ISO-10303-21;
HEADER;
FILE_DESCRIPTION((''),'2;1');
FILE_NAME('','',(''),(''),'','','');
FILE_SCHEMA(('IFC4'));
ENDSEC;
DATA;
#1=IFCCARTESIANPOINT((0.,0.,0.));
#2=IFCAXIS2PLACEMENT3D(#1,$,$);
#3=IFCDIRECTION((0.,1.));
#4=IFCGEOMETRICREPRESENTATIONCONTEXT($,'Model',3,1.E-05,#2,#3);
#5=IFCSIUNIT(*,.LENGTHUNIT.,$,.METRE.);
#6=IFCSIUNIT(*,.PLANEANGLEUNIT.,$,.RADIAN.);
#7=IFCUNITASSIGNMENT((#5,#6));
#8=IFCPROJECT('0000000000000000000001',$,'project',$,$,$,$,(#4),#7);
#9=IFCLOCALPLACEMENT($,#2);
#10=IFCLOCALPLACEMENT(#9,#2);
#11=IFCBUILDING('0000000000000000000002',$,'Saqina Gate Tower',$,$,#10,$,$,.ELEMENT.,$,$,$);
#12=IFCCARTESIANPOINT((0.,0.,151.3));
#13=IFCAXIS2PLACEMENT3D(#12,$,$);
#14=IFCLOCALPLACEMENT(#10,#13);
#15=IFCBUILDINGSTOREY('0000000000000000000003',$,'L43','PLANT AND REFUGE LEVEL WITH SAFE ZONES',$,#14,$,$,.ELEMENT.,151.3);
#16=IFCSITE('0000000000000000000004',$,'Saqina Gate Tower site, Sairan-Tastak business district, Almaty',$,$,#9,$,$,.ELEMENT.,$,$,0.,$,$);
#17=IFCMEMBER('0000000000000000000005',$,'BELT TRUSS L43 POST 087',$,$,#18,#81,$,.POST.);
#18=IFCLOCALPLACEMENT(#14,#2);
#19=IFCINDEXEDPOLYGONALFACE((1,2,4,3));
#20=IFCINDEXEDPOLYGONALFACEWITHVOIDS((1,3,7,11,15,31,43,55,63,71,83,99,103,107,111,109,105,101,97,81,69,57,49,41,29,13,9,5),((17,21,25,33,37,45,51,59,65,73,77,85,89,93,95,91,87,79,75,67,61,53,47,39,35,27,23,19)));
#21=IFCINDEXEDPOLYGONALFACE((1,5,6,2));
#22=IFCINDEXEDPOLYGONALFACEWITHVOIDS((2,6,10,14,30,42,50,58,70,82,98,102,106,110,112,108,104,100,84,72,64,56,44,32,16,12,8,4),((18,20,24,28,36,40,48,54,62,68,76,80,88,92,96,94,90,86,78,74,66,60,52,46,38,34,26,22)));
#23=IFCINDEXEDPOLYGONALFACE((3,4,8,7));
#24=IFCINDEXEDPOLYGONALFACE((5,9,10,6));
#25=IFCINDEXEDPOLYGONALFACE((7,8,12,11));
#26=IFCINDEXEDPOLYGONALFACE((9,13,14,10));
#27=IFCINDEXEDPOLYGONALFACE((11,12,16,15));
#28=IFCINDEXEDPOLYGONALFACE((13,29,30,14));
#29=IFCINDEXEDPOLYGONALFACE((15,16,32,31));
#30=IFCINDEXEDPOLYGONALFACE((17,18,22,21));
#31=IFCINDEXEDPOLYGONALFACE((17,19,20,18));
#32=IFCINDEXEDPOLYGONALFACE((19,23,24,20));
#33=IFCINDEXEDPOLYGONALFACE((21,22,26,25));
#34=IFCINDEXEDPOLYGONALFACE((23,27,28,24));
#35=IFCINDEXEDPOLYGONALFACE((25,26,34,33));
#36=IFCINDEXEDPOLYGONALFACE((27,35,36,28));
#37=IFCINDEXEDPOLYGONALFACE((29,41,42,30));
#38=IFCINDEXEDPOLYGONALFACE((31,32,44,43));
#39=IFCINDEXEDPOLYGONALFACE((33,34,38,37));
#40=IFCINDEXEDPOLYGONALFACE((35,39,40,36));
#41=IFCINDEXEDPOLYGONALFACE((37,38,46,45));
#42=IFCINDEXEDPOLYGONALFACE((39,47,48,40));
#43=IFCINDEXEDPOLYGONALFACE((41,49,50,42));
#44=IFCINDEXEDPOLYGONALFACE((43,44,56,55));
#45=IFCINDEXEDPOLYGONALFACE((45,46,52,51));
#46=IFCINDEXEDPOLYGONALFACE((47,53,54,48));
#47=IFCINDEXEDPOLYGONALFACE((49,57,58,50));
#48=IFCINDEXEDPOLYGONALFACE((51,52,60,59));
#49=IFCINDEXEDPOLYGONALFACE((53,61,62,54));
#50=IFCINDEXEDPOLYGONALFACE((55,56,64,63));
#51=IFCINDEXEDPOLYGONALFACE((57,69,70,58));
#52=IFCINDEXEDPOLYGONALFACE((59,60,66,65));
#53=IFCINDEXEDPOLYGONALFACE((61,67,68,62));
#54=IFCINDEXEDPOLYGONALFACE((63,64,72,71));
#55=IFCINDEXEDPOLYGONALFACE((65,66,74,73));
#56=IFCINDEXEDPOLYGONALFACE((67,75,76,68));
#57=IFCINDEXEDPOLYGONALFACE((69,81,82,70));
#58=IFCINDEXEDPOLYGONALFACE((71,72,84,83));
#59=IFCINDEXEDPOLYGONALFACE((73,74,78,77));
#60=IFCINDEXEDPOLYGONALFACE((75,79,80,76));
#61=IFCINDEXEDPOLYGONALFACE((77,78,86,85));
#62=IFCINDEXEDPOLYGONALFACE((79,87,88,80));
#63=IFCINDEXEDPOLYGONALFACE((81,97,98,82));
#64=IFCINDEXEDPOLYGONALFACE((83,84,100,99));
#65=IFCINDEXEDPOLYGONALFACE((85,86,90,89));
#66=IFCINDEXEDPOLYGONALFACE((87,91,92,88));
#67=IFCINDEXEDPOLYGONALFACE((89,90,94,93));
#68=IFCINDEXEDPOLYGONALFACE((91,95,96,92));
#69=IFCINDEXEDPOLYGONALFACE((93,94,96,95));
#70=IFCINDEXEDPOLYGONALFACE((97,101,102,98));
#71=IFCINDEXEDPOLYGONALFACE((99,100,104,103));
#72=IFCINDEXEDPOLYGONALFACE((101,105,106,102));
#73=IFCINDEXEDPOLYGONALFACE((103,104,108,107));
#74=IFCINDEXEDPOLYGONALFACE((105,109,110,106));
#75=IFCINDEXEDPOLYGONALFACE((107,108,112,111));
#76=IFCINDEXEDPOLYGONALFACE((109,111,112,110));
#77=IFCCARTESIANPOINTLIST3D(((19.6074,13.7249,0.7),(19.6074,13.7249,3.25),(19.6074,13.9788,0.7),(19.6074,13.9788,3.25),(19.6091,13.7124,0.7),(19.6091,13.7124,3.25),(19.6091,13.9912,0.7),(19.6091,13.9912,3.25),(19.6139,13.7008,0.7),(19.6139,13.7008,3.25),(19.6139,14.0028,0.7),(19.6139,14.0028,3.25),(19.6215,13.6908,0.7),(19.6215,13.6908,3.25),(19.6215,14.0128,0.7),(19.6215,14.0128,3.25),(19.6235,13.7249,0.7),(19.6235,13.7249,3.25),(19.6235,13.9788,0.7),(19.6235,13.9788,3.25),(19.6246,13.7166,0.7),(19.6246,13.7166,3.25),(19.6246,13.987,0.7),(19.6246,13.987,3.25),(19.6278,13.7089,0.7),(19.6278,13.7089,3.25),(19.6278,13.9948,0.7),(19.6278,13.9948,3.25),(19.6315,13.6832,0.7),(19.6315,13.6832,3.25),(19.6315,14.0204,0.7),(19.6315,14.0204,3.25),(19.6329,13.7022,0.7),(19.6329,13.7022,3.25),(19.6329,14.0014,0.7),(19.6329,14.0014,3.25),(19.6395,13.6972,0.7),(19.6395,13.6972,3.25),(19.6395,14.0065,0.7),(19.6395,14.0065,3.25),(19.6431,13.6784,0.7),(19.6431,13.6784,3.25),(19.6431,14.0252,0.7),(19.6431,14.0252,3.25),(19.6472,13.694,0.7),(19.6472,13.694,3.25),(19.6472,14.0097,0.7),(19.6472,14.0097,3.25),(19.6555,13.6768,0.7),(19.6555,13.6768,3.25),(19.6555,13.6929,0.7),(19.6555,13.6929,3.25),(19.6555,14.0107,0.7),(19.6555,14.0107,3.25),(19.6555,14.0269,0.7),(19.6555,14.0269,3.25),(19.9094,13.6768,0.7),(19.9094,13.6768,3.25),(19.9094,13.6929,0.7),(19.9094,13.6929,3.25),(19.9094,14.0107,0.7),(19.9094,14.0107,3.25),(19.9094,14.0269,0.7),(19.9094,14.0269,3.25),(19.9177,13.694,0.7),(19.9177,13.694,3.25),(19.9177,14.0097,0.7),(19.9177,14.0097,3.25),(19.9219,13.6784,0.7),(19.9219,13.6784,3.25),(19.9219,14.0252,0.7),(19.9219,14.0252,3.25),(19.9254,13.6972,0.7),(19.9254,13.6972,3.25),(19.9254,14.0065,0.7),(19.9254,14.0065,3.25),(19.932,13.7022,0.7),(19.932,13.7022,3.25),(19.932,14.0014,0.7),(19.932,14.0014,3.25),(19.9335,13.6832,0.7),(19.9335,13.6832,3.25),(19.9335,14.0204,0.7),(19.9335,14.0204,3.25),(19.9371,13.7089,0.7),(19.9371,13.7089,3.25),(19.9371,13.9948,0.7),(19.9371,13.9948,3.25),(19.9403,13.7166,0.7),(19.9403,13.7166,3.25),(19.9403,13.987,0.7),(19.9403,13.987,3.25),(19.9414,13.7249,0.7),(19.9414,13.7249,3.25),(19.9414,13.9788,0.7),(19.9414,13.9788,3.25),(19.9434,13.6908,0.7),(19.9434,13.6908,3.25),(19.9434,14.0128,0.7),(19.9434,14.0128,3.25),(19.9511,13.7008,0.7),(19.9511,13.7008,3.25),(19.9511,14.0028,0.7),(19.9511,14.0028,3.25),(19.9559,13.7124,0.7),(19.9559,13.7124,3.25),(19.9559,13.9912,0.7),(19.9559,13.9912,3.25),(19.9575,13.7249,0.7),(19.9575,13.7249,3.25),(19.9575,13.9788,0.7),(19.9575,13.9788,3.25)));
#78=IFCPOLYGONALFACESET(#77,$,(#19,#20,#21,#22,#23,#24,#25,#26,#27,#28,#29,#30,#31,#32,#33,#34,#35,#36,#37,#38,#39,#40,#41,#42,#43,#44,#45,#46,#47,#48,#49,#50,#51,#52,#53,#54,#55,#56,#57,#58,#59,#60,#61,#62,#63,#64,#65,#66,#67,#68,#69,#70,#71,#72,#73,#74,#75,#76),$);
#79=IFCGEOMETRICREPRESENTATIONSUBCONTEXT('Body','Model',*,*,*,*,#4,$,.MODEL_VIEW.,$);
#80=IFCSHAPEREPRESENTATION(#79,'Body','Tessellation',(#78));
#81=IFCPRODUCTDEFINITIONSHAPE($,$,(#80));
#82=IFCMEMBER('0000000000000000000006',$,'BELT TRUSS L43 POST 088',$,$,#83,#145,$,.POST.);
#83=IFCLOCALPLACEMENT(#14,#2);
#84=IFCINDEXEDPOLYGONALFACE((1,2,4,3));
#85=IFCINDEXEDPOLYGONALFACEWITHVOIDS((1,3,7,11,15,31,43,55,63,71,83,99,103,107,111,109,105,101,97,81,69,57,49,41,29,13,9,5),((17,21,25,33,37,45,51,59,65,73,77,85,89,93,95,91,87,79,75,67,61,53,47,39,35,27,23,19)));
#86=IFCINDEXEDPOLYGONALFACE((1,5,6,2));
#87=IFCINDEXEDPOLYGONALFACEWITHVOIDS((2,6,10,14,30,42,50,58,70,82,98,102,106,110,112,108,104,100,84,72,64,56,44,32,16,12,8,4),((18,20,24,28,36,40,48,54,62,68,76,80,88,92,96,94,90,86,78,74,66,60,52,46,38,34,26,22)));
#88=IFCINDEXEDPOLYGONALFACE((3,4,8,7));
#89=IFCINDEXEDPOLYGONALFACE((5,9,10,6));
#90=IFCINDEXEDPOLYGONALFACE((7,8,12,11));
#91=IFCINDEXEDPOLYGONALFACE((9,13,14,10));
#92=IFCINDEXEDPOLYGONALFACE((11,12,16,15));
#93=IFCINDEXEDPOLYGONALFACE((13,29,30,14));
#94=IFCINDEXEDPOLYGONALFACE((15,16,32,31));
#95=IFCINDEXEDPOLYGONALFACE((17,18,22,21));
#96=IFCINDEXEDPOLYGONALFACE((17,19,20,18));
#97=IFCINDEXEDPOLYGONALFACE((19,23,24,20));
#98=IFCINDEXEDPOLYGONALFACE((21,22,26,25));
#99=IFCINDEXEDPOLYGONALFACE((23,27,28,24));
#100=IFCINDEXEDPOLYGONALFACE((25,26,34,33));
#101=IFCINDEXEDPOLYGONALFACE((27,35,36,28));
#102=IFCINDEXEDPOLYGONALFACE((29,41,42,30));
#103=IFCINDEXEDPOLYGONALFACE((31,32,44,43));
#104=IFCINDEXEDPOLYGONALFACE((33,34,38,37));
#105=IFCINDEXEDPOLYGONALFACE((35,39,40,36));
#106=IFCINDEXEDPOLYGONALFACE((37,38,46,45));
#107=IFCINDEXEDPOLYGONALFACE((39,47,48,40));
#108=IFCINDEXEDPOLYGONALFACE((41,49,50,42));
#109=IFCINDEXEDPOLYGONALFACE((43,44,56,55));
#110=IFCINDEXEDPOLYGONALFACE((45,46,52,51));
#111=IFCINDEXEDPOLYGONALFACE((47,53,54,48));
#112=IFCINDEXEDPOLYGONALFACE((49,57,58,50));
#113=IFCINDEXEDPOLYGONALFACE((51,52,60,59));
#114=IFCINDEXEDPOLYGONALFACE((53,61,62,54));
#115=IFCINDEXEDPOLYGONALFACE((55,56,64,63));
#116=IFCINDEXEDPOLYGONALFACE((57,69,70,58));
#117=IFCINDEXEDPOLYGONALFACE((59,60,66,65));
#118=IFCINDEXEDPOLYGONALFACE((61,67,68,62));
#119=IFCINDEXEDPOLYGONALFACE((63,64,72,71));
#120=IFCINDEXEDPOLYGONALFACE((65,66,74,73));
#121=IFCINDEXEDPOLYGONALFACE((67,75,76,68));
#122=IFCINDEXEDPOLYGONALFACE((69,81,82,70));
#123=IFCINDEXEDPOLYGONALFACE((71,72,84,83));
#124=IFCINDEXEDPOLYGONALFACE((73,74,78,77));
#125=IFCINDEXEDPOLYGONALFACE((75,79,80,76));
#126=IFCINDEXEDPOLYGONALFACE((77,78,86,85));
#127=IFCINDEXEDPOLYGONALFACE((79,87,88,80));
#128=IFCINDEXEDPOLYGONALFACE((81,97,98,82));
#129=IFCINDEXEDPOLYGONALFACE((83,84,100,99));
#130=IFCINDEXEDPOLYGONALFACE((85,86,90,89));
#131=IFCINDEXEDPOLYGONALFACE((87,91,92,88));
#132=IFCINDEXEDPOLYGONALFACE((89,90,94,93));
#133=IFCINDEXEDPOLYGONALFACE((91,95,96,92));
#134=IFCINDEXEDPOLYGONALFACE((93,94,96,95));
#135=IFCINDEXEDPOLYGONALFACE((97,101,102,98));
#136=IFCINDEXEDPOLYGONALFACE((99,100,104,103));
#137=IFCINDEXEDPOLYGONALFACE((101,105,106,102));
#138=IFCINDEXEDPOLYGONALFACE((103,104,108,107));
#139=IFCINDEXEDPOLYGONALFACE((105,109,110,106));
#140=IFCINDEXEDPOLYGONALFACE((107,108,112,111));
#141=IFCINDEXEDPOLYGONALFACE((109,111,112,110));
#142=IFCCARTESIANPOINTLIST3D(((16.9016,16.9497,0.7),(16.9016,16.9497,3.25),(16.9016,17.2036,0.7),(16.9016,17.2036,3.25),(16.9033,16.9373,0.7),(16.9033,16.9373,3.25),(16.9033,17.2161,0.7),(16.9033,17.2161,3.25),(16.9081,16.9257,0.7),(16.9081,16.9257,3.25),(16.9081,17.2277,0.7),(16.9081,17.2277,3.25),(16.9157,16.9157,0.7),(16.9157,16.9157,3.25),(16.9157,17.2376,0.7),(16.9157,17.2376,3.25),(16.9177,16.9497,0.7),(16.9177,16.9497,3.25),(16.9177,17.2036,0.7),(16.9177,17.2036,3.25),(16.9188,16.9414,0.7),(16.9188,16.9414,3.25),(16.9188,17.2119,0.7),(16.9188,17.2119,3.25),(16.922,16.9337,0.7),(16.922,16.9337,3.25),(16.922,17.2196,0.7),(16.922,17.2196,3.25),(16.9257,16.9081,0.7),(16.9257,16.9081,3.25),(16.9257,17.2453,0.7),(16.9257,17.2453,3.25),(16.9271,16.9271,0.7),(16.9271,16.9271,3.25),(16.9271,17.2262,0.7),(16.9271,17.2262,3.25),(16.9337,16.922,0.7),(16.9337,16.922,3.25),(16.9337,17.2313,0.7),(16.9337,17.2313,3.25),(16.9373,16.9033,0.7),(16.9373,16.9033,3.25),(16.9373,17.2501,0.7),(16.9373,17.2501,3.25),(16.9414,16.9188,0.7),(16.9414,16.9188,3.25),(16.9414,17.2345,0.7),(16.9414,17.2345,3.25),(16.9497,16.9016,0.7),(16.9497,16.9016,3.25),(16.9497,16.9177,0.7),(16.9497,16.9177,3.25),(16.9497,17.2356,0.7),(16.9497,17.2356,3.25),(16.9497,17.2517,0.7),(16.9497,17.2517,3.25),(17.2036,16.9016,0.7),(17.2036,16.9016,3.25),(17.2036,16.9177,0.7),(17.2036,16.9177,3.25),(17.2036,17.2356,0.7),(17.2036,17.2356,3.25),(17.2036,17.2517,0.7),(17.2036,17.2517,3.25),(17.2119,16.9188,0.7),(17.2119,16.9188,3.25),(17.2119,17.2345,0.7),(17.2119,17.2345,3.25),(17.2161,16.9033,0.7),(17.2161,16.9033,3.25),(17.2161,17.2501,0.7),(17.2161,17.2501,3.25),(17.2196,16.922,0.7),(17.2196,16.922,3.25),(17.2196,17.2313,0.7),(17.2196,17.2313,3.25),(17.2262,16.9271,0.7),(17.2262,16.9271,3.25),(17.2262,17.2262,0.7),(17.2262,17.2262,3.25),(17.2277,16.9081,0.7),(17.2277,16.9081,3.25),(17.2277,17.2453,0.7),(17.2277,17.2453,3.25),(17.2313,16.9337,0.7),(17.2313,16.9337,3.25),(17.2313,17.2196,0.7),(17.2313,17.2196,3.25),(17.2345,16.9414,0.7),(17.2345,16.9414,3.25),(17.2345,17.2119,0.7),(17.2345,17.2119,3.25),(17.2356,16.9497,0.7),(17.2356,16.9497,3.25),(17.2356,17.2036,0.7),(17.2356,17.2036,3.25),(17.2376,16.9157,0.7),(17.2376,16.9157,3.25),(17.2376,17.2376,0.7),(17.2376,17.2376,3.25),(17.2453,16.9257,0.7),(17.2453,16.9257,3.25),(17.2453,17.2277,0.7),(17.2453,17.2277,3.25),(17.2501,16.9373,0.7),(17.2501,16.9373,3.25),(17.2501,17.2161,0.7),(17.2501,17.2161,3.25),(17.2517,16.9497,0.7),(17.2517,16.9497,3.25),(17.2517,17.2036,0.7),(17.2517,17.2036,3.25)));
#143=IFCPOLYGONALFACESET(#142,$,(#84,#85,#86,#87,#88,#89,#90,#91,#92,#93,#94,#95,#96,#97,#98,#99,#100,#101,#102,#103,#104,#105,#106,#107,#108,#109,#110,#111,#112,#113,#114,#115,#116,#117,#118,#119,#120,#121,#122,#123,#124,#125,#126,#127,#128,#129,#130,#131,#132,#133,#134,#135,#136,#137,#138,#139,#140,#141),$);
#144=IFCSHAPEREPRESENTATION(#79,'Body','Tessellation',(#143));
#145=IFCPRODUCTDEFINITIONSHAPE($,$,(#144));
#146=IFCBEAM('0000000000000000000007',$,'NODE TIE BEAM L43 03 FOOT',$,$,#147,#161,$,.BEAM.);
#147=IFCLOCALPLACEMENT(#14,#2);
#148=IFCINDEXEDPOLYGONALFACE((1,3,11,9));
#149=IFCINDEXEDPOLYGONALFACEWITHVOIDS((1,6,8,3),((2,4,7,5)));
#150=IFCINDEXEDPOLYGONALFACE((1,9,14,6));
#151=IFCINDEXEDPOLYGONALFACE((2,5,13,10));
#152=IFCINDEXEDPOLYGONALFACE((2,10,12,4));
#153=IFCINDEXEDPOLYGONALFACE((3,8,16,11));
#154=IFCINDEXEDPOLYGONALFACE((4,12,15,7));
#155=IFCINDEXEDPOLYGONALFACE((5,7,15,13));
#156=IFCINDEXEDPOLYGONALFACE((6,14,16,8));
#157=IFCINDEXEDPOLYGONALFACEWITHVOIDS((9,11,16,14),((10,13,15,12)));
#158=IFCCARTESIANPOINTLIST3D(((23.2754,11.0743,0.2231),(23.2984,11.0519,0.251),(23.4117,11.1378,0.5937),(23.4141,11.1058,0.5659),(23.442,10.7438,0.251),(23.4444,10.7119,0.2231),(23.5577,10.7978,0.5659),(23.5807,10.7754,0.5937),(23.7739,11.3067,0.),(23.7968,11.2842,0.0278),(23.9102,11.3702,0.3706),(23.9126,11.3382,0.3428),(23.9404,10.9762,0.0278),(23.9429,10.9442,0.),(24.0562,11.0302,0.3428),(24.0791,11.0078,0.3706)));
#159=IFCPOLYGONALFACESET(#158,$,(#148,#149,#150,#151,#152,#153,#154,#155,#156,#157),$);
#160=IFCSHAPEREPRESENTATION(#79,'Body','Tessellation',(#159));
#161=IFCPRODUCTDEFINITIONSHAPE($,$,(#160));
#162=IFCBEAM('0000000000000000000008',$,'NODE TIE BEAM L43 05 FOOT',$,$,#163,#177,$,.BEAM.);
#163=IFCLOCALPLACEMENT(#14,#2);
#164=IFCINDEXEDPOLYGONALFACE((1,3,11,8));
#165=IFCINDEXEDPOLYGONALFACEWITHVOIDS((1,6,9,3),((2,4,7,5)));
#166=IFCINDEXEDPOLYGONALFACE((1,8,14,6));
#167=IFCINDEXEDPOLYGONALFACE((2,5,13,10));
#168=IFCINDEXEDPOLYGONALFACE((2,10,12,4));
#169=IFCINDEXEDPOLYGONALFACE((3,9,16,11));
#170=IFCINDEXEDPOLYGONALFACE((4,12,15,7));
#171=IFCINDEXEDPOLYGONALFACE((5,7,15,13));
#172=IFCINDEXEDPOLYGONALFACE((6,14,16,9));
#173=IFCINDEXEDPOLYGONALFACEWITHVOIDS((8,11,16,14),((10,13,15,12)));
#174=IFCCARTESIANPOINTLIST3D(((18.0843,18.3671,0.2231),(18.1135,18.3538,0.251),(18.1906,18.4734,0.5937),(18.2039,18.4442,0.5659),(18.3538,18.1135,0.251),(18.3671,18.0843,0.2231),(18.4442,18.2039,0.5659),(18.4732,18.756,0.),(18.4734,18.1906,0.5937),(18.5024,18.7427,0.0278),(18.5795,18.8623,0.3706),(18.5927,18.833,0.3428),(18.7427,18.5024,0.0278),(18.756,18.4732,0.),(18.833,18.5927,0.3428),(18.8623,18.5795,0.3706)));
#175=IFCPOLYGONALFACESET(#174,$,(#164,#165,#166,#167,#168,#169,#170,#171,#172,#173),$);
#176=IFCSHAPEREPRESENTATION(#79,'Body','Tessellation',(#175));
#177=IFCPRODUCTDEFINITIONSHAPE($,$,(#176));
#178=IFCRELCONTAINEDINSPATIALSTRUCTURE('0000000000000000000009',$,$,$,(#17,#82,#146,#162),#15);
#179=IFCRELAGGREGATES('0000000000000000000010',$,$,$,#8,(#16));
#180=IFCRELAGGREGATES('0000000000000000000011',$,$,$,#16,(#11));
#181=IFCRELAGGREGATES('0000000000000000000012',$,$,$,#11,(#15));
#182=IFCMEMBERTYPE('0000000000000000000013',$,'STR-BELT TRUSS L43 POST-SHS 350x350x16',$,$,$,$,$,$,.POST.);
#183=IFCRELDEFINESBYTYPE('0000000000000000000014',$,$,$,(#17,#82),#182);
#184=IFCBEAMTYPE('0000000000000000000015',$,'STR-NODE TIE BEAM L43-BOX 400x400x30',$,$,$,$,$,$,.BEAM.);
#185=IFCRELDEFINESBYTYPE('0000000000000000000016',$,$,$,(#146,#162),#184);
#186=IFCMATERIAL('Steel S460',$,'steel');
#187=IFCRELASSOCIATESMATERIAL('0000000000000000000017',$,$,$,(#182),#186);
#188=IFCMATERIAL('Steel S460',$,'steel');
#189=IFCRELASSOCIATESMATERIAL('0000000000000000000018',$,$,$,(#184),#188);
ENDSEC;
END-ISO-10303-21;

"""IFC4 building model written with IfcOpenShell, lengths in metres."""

from ifc_helpers import new_model, si_unit, direction, frame, origin, origin_2d, place, context, subcontext, project, spatial, hollow_rectangle, extrude, material, material_profile, profile_set, type_object, element, save


model = new_model("IFC4")

# Units and contexts
model_context = context("Model", 3, precision=1e-05, world=origin(), true_north=direction((0.0, 1.0)))
body_context = subcontext(model_context, "Body", "Model", "MODEL_VIEW")
ifc_project = project(units=[si_unit("LENGTHUNIT", "METRE"), si_unit("PLANEANGLEUNIT", "RADIAN")], contexts=[model_context])

# Site, building, storey
site_placement = place(None, origin())
site = spatial("IfcSite", under=ifc_project, at=site_placement, Name="Saqina Gate Tower site, Sairan-Tastak business district, Almaty", CompositionType="ELEMENT", RefElevation=0.0)
building_placement = place(site_placement, origin())
building = spatial("IfcBuilding", under=site, at=building_placement, Name="Saqina Gate Tower", CompositionType="ELEMENT")
storey_placement = place(building_placement, frame((0.0, 0.0, 151.3)))
storey = spatial("IfcBuildingStorey", under=building, at=storey_placement, Name="L43", Description="PLANT AND REFUGE LEVEL WITH SAFE ZONES", CompositionType="ELEMENT", Elevation=151.3)

# Members
ifc_material_1 = material(Name="Steel S460", Category="steel")
ifc_material_profile_1 = material_profile(ifc_material_1, hollow_rectangle(XDim=0.3501, YDim=0.3501, WallThickness=0.0161, InnerFilletRadius=0.032, OuterFilletRadius=0.0481, at=origin_2d()), Name="SHS 350x350x16")
ifc_profile_set_1 = profile_set([ifc_material_profile_1], Name="Steel S460")
member_type_1 = type_object("IfcMemberType", Name="STR-BELT TRUSS L43 POST-SHS 350x350x16", PredefinedType="POST", material=ifc_profile_set_1)
for number, where, z_axis, x_axis, name in (
    (1, (19.7825, 13.8518, 0.7), (0.0, 0.0, 1.0), (1.0, 0.0, 0.0), "BELT TRUSS L43 POST 087"),
    (2, (17.0767, 17.0767, 0.7), (0.0, 0.0, 1.0), (1.0, 0.0, 0.0), "BELT TRUSS L43 POST 088"),
):
    element("IfcMember", number, at=place(storey_placement, frame(where, z_axis=z_axis, x_axis=x_axis)), inside=storey, type_object=member_type_1, Name=name, PredefinedType="POST", context=body_context, shape_type="SweptSolid", body=[
        extrude(hollow_rectangle(XDim=0.3501, YDim=0.3501, WallThickness=0.0161, InnerFilletRadius=0.032, OuterFilletRadius=0.0481, at=origin_2d()), origin(), (0.0, 0.0, 1.0), 2.55),
    ])

# Beams
ifc_material_2 = material(Name="Steel S460", Category="steel")
ifc_material_profile_2 = material_profile(ifc_material_2, hollow_rectangle(XDim=0.3999, YDim=0.3999, WallThickness=0.03, at=origin_2d()), Name="BOX 400x400x30")
ifc_profile_set_2 = profile_set([ifc_material_profile_2], Name="Steel S460")
beam_type = type_object("IfcBeamType", Name="STR-NODE TIE BEAM L43-BOX 400x400x30", PredefinedType="BEAM", material=ifc_profile_set_2)
for number, where, z_axis, x_axis, name in (
    (3, (23.9265, 11.1572, 0.1853), (-0.839863, -0.391552, 0.375923), (0.422545, -0.906342, 0.0), "NODE TIE BEAM L43 03 FOOT"),
    (4, (18.6677, 18.6677, 0.1853), (-0.655234, -0.655234, 0.375947), (0.707107, -0.707107, 0.0), "NODE TIE BEAM L43 05 FOOT"),
):
    element("IfcBeam", number, at=place(storey_placement, frame(where, z_axis=z_axis, x_axis=x_axis)), inside=storey, type_object=beam_type, Name=name, PredefinedType="BEAM", context=body_context, shape_type="SweptSolid", body=[
        extrude(hollow_rectangle(XDim=0.3999, YDim=0.3999, WallThickness=0.03, at=origin_2d()), origin(), (0.0, 0.0, 1.0), 0.5935),
    ])

save(model, "model.ifc")
